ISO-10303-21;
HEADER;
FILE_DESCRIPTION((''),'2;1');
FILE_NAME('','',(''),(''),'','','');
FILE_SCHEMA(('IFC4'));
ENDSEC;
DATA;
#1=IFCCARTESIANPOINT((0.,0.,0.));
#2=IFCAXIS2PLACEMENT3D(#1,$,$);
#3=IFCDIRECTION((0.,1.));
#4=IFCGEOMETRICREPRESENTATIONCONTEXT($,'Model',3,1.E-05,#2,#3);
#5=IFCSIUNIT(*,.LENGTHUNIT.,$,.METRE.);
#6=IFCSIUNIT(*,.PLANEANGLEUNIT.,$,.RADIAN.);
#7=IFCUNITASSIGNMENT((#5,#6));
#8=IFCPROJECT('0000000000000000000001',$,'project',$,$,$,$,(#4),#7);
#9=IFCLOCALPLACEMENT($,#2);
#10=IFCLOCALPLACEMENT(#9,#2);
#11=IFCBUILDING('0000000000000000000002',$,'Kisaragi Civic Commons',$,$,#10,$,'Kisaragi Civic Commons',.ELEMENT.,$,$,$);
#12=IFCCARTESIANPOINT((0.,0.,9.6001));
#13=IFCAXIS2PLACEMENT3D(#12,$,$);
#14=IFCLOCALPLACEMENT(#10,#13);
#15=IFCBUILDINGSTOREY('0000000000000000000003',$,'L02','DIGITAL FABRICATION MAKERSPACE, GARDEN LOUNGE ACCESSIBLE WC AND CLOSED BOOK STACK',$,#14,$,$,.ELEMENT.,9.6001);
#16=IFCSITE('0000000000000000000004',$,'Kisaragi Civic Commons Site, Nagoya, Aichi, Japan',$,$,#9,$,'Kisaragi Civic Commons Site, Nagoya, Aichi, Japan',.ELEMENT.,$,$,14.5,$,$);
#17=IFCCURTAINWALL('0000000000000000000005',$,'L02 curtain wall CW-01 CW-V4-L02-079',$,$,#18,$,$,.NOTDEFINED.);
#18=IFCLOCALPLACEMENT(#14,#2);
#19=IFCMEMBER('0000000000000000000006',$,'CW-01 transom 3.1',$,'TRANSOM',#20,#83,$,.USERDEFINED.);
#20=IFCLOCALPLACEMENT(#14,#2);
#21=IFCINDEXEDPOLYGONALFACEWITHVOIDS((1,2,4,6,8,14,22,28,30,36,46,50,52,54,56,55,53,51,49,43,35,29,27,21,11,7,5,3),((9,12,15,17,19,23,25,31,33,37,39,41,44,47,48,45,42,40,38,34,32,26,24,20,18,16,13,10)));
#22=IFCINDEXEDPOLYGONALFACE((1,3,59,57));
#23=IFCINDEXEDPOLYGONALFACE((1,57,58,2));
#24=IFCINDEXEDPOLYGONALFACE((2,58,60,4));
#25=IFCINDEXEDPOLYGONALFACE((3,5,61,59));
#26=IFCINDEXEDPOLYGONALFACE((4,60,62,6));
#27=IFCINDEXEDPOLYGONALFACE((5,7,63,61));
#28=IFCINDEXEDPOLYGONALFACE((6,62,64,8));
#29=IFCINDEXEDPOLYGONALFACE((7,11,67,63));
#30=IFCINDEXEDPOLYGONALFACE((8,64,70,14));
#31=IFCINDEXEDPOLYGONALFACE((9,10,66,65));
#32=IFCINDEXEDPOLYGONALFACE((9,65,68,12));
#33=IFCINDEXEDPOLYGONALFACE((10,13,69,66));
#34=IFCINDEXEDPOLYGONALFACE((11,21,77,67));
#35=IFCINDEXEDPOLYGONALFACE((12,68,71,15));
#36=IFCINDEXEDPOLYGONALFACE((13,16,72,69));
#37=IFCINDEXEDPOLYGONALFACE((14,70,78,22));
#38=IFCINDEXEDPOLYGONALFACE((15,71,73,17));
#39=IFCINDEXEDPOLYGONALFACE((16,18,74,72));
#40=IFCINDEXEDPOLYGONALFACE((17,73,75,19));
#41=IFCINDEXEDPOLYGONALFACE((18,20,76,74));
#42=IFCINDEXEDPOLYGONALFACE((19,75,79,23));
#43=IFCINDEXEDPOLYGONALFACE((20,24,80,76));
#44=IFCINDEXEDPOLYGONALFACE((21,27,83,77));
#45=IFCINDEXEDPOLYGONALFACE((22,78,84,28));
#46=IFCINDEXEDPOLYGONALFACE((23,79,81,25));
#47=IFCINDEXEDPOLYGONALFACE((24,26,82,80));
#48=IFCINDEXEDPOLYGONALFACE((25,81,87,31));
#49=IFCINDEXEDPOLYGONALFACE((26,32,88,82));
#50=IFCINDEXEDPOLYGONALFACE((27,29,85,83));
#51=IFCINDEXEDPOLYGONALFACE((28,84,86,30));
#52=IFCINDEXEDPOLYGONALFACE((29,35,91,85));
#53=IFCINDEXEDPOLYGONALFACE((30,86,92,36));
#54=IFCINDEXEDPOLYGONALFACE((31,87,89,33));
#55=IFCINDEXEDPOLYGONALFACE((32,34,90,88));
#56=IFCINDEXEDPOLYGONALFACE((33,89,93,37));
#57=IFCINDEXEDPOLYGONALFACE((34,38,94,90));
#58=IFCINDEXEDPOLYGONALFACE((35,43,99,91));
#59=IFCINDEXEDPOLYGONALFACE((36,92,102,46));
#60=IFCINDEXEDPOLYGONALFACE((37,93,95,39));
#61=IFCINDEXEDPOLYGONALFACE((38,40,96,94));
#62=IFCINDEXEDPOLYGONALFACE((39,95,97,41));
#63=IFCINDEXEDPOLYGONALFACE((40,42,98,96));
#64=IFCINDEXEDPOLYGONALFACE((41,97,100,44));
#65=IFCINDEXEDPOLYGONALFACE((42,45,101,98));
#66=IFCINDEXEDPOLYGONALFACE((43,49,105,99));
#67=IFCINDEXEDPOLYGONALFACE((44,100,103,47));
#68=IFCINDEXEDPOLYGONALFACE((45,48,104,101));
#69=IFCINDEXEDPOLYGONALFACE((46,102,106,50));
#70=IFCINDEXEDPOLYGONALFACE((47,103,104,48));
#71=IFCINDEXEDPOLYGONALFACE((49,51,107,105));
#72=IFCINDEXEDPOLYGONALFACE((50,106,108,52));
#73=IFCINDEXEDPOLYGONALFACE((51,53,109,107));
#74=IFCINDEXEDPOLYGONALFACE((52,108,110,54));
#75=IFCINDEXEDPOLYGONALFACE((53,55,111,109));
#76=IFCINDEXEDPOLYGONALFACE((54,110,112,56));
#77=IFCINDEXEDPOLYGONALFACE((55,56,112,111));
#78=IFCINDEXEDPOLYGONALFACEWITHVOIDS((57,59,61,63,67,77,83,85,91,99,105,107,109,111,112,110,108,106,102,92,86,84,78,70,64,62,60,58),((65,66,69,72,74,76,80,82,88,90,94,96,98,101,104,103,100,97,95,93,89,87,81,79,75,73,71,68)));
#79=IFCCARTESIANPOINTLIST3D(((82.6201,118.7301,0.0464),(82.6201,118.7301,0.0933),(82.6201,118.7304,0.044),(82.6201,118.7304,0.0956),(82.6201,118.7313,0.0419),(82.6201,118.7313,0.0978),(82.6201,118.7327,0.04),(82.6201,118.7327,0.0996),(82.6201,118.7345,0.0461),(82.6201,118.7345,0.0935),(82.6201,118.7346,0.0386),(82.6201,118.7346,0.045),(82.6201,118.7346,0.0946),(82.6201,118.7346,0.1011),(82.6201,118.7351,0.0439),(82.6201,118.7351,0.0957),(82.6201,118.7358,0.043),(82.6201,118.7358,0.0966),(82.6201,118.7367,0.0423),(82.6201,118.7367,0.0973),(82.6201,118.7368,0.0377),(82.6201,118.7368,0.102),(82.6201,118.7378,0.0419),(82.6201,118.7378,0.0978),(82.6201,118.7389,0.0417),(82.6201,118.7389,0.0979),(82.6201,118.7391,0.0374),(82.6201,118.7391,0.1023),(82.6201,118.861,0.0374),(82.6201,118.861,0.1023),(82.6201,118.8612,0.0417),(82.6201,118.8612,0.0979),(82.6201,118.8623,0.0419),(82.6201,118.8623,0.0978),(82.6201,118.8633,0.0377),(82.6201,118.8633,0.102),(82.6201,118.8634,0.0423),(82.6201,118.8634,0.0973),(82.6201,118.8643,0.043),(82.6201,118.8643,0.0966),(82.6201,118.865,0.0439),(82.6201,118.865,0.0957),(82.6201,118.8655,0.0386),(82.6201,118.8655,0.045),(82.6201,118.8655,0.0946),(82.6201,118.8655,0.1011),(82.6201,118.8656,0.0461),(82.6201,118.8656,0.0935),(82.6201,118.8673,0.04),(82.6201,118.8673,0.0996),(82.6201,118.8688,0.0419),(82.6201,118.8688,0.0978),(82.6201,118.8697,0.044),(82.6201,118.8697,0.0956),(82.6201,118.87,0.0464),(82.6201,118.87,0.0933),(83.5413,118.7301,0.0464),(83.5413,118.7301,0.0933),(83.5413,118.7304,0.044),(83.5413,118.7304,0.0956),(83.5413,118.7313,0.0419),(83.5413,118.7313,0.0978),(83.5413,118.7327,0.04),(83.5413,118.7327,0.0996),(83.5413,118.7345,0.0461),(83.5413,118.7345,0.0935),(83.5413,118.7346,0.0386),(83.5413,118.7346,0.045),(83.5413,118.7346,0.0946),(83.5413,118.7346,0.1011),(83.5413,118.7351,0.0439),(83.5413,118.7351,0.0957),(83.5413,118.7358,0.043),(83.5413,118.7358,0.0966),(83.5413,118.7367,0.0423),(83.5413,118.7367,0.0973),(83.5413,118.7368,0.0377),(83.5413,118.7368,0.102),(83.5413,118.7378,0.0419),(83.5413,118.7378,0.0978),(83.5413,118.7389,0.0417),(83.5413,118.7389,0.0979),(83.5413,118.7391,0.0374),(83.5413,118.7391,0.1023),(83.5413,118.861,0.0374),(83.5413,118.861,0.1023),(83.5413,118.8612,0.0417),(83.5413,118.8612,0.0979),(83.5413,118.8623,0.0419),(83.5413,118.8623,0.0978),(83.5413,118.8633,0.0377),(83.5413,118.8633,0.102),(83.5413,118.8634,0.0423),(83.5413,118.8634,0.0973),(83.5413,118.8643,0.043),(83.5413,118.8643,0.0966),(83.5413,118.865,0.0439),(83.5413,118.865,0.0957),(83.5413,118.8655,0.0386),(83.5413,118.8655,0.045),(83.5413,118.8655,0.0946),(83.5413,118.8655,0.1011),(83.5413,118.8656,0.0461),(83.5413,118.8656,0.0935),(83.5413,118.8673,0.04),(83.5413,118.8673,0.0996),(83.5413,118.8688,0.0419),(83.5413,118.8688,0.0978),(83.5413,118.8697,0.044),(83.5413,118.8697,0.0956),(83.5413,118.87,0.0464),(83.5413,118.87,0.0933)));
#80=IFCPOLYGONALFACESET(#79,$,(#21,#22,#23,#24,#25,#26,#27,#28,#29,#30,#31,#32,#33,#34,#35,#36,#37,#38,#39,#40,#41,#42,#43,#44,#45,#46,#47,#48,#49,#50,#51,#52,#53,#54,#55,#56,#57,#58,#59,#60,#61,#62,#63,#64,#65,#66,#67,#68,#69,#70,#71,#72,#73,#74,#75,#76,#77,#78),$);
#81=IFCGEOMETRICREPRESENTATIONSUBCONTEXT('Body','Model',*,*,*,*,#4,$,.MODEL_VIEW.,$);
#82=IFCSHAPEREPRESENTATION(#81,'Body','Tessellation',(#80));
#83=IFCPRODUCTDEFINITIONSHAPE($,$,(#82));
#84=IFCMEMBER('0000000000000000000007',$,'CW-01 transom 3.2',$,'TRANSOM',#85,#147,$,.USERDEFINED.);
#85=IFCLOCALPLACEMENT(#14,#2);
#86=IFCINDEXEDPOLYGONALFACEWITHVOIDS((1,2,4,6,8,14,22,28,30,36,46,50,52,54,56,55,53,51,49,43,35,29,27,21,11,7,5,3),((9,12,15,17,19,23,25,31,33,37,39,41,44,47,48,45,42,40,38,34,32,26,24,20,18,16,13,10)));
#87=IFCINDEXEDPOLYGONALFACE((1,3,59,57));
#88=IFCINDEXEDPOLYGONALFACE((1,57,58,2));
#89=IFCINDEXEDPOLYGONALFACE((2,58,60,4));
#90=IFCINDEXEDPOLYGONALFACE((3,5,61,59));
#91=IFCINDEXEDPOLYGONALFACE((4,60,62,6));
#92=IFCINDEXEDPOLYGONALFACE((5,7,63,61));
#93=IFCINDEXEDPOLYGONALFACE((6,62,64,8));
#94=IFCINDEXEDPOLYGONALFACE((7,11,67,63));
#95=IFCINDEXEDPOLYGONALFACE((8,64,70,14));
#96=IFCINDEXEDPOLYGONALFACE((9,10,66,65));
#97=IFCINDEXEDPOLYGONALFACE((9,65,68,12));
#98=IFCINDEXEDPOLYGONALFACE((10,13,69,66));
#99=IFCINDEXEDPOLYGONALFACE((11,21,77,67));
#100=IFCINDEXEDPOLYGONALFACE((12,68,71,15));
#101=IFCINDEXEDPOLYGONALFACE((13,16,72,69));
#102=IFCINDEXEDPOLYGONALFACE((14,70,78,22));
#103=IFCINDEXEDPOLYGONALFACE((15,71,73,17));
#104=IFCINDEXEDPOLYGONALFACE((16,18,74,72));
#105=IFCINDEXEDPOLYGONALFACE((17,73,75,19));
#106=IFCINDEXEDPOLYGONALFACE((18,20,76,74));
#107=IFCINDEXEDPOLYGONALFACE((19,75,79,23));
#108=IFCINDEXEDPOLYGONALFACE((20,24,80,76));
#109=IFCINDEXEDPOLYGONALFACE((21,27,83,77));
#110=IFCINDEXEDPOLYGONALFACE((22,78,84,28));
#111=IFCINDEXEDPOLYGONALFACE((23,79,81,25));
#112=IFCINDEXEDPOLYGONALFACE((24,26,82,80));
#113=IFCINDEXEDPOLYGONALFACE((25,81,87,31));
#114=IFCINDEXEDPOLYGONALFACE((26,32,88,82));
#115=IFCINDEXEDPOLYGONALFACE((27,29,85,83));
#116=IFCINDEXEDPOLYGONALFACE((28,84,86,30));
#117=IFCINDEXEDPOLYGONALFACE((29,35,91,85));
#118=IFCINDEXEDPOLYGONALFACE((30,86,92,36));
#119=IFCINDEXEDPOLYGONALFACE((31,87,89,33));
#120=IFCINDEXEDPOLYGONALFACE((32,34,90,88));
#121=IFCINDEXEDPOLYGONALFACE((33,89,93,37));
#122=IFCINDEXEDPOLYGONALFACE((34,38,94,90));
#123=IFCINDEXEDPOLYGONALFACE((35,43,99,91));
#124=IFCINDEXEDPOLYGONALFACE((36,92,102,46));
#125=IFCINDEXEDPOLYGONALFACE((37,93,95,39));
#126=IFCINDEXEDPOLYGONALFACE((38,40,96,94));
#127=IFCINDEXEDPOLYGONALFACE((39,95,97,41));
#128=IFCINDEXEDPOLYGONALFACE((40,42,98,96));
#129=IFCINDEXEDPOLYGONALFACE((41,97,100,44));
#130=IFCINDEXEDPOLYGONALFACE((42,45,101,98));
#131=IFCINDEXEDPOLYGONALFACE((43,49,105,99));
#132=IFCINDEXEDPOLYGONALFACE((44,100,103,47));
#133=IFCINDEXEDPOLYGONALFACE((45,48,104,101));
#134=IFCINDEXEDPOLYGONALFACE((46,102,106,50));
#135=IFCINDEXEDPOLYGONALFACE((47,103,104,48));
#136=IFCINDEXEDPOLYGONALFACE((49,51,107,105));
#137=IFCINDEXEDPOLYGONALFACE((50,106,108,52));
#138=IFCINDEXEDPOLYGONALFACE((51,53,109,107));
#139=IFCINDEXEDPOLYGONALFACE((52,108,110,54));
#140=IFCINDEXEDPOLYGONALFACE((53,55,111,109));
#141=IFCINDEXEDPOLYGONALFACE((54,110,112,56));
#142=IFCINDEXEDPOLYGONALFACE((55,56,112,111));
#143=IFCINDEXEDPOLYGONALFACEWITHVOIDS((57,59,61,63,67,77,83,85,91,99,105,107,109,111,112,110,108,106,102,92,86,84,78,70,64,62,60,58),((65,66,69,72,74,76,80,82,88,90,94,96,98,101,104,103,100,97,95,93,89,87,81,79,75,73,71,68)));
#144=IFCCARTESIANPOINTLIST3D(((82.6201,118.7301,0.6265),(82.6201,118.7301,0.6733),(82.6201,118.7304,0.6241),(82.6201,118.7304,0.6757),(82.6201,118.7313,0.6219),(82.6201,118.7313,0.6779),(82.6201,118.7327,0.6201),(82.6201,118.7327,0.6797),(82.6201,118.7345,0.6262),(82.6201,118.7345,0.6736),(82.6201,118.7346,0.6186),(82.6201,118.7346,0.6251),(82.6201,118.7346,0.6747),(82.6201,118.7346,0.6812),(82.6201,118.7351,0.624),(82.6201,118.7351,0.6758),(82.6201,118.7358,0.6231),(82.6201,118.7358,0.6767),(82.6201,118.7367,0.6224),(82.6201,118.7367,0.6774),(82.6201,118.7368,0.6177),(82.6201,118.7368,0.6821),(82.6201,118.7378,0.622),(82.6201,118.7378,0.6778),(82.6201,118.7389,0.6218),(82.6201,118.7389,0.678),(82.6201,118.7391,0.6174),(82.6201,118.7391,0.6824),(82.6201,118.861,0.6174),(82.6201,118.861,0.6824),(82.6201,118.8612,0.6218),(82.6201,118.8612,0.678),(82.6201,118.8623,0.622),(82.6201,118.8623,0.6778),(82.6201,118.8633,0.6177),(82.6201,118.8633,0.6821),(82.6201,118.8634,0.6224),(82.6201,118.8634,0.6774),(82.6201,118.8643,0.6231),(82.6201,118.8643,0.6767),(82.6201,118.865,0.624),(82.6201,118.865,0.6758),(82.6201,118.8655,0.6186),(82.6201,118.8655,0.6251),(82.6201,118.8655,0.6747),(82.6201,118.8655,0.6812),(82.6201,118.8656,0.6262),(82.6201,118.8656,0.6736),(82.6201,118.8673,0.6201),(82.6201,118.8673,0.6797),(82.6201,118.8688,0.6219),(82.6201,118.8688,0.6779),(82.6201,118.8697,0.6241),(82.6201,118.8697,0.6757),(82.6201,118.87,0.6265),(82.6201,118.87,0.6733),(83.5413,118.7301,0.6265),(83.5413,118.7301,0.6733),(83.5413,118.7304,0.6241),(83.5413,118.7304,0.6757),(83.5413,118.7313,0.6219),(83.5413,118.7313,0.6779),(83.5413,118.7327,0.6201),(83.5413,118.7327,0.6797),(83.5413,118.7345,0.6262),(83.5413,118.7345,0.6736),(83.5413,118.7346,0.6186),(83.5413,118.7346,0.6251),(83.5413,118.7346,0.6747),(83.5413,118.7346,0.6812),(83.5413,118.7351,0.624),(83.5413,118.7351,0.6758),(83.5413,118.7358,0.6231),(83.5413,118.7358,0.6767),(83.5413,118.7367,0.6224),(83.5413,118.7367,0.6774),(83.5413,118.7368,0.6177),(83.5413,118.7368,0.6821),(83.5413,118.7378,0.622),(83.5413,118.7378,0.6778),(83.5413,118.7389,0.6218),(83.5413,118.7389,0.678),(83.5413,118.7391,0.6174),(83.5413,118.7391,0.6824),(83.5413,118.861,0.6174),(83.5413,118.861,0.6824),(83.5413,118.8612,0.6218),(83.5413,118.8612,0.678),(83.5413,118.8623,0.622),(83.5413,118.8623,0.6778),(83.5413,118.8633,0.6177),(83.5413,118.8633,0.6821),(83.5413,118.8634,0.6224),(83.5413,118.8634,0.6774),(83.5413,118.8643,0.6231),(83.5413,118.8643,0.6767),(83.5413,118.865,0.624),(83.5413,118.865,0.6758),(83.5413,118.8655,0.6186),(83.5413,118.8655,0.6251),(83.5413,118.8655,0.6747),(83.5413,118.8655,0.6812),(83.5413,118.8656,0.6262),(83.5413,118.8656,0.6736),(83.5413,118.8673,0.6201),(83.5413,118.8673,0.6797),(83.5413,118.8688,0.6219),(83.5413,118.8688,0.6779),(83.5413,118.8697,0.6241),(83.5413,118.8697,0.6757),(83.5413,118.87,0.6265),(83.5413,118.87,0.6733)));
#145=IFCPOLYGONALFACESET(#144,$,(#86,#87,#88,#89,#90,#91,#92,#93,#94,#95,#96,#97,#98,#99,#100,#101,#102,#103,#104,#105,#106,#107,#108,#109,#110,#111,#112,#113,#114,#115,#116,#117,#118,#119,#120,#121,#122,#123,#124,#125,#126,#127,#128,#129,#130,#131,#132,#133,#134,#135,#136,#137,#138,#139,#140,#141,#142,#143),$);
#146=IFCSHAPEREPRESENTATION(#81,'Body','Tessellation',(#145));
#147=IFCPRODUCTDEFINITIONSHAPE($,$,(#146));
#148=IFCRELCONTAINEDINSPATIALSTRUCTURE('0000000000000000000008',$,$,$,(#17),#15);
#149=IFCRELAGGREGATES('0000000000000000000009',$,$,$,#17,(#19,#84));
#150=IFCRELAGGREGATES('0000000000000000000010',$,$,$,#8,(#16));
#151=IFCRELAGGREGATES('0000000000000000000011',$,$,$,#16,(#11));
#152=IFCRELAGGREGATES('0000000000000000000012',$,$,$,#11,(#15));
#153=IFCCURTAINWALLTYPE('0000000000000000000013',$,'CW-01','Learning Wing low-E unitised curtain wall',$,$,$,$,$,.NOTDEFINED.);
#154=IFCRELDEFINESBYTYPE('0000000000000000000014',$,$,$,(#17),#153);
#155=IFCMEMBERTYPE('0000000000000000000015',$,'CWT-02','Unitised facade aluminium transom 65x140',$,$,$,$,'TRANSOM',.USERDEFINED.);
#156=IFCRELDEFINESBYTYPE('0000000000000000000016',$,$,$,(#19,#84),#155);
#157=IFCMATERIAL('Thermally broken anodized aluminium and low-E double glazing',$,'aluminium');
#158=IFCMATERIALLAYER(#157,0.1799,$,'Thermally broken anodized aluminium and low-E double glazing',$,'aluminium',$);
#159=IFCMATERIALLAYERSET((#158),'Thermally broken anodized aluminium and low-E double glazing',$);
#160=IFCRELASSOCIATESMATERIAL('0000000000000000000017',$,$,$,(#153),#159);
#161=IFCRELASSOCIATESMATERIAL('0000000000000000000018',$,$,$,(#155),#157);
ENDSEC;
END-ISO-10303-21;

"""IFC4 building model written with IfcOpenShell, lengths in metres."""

from ifc_helpers import new_model, si_unit, direction, frame, origin, origin_2d, place, context, subcontext, project, spatial, hollow_rectangle, extrude, material, layer, layer_set, material_profile, profile_set, type_object, element, aggregate, save


model = new_model("IFC4")

# Units and contexts
model_context = context("Model", 3, precision=1e-05, world=origin(), true_north=direction((0.0, 1.0)))
body_context = subcontext(model_context, "Body", "Model", "MODEL_VIEW")
ifc_project = project(units=[si_unit("LENGTHUNIT", "METRE"), si_unit("PLANEANGLEUNIT", "RADIAN")], contexts=[model_context])

# Site, building, storey
site_placement = place(None, origin())
site = spatial("IfcSite", under=ifc_project, at=site_placement, Name="Kisaragi Civic Commons Site, Nagoya, Aichi, Japan", LongName="Kisaragi Civic Commons Site, Nagoya, Aichi, Japan", CompositionType="ELEMENT", RefElevation=14.5)
building_placement = place(site_placement, origin())
building = spatial("IfcBuilding", under=site, at=building_placement, Name="Kisaragi Civic Commons", LongName="Kisaragi Civic Commons", CompositionType="ELEMENT")
storey_placement = place(building_placement, frame((0.0, 0.0, 9.6001)))
storey = spatial("IfcBuildingStorey", under=building, at=storey_placement, Name="L02", Description="DIGITAL FABRICATION MAKERSPACE, GARDEN LOUNGE ACCESSIBLE WC AND CLOSED BOOK STACK", CompositionType="ELEMENT", Elevation=9.6001)

# Curtain wall, members
ifc_material_1 = material(Name="Thermally broken anodized aluminium and low-E double glazing", Category="aluminium")
ifc_layer_1 = layer(ifc_material_1, 0.1799, Name="Thermally broken anodized aluminium and low-E double glazing", Category="aluminium")
ifc_layer_set_1 = layer_set([ifc_layer_1], Name="Thermally broken anodized aluminium and low-E double glazing")
curtain_wall_type = type_object("IfcCurtainWallType", Name="CW-01", Description="Learning Wing low-E unitised curtain wall", PredefinedType="NOTDEFINED", material=ifc_layer_set_1)
curtain_wall_placement = place(storey_placement, origin())
curtain_wall = element("IfcCurtainWall", 1, at=curtain_wall_placement, inside=storey, type_object=curtain_wall_type, Name="L02 curtain wall CW-01 CW-V4-L02-079", PredefinedType="NOTDEFINED")
ifc_material_profile_1 = material_profile(ifc_material_1, hollow_rectangle(XDim=0.1399, YDim=0.0649, WallThickness=0.0044, InnerFilletRadius=0.0044, OuterFilletRadius=0.009, at=origin_2d()), Name="CWT-65x140x4.5", Category="aluminium")
ifc_profile_set_1 = profile_set([ifc_material_profile_1], Name="Thermally broken anodized aluminium and low-E double glazing")
member_type_1 = type_object("IfcMemberType", Name="CWT-02", Description="Unitised facade aluminium transom 65x140", ElementType="TRANSOM", PredefinedType="USERDEFINED", material=ifc_profile_set_1)
member_1_placement = place(storey_placement, frame((82.6201, 118.8, 0.0698), z_axis=(1.0, 0.0, 0.0), x_axis=(0.0, 1.0, 0.0)))
member_1 = element("IfcMember", 2, at=member_1_placement, type_object=member_type_1, Name="CW-01 transom 3.1", ObjectType="TRANSOM", PredefinedType="USERDEFINED", context=body_context, shape_type="SweptSolid", body=[
    extrude(hollow_rectangle(XDim=0.1399, YDim=0.0649, WallThickness=0.0044, InnerFilletRadius=0.0044, OuterFilletRadius=0.009, at=origin_2d()), origin(), (0.0, 0.0, 1.0), 0.9211),
])
member_2_placement = place(storey_placement, frame((82.6201, 118.8, 0.6499), z_axis=(1.0, 0.0, 0.0), x_axis=(0.0, 1.0, 0.0)))
member_2 = element("IfcMember", 3, at=member_2_placement, type_object=member_type_1, Name="CW-01 transom 3.2", ObjectType="TRANSOM", PredefinedType="USERDEFINED", context=body_context, shape_type="SweptSolid", body=[
    extrude(hollow_rectangle(XDim=0.1399, YDim=0.0649, WallThickness=0.0044, InnerFilletRadius=0.0044, OuterFilletRadius=0.009, at=origin_2d()), origin(), (0.0, 0.0, 1.0), 0.9211),
])
aggregate(curtain_wall, [member_1, member_2])

save(model, "model.ifc")
